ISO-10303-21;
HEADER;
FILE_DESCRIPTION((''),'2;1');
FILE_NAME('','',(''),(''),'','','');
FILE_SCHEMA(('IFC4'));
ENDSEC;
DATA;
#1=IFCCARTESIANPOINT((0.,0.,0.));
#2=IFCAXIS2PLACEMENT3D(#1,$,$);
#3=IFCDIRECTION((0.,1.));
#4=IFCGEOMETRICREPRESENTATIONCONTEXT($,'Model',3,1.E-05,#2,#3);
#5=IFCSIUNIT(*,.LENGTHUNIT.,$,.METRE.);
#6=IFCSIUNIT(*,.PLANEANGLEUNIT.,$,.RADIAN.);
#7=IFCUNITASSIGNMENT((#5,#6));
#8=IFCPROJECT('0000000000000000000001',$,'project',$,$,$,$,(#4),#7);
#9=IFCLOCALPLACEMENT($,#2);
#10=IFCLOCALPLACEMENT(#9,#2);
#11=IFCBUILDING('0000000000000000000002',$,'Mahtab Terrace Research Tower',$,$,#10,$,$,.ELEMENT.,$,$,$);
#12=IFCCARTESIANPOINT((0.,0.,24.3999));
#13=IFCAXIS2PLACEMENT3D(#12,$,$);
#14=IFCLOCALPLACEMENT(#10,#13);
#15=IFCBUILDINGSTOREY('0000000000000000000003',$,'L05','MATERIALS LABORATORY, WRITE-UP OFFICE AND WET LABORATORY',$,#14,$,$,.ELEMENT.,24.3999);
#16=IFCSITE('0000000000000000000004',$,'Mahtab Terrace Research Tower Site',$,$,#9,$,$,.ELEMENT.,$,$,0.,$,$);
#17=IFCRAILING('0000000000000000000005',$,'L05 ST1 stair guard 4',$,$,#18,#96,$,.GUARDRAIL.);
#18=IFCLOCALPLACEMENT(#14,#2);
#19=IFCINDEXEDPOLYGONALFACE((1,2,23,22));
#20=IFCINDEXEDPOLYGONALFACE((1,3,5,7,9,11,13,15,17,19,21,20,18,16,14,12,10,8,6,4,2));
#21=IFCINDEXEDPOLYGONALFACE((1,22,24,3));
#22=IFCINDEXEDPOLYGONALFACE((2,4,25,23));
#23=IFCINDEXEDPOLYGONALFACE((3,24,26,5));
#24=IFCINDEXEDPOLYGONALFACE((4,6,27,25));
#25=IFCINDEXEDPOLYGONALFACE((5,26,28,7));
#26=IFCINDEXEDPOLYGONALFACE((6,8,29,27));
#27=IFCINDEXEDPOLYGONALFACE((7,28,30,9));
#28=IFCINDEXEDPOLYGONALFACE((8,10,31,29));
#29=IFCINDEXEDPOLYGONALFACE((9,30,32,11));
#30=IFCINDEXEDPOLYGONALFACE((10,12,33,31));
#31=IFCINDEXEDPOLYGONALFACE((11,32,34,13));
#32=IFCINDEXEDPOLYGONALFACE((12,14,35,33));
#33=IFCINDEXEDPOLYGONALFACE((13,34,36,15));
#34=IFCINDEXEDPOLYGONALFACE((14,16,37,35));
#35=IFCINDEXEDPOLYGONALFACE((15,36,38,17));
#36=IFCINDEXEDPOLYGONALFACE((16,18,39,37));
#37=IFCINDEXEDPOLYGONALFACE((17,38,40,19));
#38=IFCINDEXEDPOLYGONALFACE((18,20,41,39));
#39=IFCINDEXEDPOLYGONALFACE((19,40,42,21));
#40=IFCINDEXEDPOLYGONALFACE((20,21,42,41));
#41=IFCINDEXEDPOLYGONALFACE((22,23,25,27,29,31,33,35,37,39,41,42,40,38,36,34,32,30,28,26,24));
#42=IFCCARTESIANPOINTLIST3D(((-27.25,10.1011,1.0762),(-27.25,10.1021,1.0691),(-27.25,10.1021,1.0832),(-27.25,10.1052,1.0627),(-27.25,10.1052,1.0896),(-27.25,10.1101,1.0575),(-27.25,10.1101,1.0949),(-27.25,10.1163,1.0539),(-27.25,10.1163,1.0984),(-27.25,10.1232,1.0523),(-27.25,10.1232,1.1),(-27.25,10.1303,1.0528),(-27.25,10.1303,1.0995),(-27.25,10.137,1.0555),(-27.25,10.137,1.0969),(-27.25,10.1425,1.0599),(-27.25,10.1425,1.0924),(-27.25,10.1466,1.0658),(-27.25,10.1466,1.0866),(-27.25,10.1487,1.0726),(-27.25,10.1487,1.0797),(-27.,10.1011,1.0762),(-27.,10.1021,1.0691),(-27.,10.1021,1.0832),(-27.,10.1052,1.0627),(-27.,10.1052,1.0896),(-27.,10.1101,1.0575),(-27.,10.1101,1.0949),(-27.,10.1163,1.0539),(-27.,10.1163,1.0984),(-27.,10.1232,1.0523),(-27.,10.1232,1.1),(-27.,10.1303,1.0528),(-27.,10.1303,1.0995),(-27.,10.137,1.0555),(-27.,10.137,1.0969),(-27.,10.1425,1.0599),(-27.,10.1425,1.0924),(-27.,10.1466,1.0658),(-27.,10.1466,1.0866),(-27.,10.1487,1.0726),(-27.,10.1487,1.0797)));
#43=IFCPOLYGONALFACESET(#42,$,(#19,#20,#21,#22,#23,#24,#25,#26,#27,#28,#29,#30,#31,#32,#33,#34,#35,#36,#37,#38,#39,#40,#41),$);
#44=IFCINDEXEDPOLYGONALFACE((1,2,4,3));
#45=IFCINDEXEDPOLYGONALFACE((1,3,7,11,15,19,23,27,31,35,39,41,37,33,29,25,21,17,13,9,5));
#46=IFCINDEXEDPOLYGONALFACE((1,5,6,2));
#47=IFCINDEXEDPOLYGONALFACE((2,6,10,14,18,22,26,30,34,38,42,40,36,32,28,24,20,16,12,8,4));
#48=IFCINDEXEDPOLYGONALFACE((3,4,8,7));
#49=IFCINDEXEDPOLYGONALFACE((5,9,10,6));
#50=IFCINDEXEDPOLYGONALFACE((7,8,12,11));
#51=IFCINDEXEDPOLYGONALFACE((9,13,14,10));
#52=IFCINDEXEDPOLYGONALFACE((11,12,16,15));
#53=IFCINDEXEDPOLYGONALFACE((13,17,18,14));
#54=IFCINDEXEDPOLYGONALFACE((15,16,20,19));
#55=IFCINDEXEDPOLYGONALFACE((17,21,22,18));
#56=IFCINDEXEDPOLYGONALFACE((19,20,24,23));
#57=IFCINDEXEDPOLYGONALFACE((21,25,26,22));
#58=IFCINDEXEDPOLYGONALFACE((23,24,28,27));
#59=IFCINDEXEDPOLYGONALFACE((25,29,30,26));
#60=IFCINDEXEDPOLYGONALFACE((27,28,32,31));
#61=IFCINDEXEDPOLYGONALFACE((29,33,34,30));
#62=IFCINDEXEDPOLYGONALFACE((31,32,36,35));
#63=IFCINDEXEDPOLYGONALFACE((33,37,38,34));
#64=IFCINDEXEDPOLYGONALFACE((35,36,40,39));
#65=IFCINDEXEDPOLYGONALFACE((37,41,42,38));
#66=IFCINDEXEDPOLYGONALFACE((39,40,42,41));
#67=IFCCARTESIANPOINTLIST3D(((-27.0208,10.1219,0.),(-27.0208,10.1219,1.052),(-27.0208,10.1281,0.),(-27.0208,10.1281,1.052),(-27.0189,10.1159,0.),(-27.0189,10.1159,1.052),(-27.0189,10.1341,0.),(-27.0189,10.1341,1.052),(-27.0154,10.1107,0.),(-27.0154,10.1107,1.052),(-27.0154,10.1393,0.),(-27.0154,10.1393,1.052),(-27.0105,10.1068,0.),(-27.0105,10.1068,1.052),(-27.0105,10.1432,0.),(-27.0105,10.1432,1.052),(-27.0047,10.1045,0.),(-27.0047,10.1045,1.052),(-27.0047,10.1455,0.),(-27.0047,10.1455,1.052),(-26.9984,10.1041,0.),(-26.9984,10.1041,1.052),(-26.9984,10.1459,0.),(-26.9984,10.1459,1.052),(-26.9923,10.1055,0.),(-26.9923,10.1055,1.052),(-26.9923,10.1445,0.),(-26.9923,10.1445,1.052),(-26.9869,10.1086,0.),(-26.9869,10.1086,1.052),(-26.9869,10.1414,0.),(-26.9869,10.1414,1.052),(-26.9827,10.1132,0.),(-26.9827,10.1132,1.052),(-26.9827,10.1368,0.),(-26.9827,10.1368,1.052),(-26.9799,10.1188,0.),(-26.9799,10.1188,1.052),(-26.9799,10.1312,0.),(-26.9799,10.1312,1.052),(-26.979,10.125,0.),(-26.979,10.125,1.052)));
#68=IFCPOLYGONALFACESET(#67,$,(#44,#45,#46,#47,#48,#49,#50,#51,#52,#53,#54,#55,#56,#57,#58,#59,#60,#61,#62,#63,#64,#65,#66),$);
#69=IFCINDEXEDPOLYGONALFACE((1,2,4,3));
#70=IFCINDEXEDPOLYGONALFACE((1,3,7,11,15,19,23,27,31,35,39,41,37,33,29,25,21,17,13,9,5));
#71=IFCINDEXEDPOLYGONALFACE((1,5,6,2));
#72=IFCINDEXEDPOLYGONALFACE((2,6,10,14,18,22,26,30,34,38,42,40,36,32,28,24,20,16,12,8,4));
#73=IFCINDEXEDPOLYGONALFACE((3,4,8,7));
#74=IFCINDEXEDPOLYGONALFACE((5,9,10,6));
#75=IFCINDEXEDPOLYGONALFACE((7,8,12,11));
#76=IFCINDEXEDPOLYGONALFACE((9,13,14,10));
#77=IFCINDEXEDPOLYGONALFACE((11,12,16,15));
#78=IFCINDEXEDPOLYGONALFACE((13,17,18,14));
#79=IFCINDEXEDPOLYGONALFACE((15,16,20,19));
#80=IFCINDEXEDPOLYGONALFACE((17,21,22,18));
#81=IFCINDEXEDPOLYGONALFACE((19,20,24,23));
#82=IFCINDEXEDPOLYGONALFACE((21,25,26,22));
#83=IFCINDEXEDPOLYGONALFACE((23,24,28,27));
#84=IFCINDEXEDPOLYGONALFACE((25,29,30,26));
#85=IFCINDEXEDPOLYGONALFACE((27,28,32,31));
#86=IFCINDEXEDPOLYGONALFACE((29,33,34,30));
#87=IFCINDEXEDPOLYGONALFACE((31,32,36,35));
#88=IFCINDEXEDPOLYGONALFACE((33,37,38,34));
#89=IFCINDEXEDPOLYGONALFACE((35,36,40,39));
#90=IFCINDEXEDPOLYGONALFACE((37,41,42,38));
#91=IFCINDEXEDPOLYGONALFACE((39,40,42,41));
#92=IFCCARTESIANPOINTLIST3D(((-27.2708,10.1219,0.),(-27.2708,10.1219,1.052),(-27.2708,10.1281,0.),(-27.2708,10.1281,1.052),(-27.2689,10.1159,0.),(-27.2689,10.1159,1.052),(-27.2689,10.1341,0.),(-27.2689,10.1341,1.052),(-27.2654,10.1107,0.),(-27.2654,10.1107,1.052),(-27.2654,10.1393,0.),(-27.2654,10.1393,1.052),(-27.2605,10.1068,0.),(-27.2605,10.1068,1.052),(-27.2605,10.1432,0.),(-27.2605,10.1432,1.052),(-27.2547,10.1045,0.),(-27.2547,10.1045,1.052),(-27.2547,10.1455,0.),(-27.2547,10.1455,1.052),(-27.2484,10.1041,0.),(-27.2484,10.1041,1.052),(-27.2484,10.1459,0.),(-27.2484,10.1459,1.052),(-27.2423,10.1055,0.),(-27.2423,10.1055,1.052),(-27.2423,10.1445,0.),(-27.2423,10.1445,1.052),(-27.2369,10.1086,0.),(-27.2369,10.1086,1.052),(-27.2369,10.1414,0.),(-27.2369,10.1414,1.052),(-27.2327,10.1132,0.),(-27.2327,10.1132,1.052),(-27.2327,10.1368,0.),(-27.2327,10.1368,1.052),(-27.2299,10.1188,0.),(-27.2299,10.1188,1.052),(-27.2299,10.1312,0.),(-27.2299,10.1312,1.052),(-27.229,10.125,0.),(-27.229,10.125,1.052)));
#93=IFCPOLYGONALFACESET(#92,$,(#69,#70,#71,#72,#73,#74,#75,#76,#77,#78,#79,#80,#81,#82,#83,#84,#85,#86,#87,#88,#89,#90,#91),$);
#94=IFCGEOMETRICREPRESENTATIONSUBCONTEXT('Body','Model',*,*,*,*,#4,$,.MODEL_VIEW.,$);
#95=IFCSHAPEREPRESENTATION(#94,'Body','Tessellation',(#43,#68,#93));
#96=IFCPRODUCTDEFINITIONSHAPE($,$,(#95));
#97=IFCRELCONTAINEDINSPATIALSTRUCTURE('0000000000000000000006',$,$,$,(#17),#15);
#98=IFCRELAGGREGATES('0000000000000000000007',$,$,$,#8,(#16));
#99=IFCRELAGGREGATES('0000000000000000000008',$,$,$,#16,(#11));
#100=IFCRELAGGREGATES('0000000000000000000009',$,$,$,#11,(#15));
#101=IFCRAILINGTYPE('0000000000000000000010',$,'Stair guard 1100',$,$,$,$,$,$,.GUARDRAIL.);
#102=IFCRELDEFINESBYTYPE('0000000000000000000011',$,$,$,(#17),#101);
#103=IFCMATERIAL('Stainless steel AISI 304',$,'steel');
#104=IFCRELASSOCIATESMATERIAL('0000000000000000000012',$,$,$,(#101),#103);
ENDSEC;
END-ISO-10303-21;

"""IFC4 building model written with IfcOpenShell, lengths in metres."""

from ifc_helpers import new_model, si_unit, direction, frame, origin, origin_2d, place, context, subcontext, project, spatial, circle, extrude, material, type_object, element, save


model = new_model("IFC4")

# Units and contexts
model_context = context("Model", 3, precision=1e-05, world=origin(), true_north=direction((0.0, 1.0)))
body_context = subcontext(model_context, "Body", "Model", "MODEL_VIEW")
ifc_project = project(units=[si_unit("LENGTHUNIT", "METRE"), si_unit("PLANEANGLEUNIT", "RADIAN")], contexts=[model_context])

# Site, building, storey
site_placement = place(None, origin())
site = spatial("IfcSite", under=ifc_project, at=site_placement, Name="Mahtab Terrace Research Tower Site", CompositionType="ELEMENT", RefElevation=0.0)
building_placement = place(site_placement, origin())
building = spatial("IfcBuilding", under=site, at=building_placement, Name="Mahtab Terrace Research Tower", CompositionType="ELEMENT")
storey_placement = place(building_placement, frame((0.0, 0.0, 24.3999)))
storey = spatial("IfcBuildingStorey", under=building, at=storey_placement, Name="L05", Description="MATERIALS LABORATORY, WRITE-UP OFFICE AND WET LABORATORY", CompositionType="ELEMENT", Elevation=24.3999)

# Shared definitions
ifc_material_1 = material(Name="Stainless steel AISI 304", Category="steel")

# Railing
railing_type_1 = type_object("IfcRailingType", Name="Stair guard 1100", PredefinedType="GUARDRAIL", material=ifc_material_1)
railing_1_placement = place(storey_placement, frame((-27.0, 10.125, 0.0)))
element("IfcRailing", 1, at=railing_1_placement, inside=storey, type_object=railing_type_1, Name="L05 ST1 stair guard 4", PredefinedType="GUARDRAIL", context=body_context, shape_type="SweptSolid", body=[
    extrude(circle(Radius=0.0239, at=origin_2d()), frame((0.0, 0.0, 1.0762), z_axis=(-1.0, 0.0, 0.0), x_axis=(0.0, -1.0, 0.0)), (0.0, 0.0, 1.0), 0.25),
    extrude(circle(Radius=0.021, at=origin_2d()), origin(), (0.0, 0.0, 1.0), 1.052),
    extrude(circle(Radius=0.021, at=origin_2d()), frame((-0.25, 0.0, 0.0)), (0.0, 0.0, 1.0), 1.052),
])

save(model, "model.ifc")
